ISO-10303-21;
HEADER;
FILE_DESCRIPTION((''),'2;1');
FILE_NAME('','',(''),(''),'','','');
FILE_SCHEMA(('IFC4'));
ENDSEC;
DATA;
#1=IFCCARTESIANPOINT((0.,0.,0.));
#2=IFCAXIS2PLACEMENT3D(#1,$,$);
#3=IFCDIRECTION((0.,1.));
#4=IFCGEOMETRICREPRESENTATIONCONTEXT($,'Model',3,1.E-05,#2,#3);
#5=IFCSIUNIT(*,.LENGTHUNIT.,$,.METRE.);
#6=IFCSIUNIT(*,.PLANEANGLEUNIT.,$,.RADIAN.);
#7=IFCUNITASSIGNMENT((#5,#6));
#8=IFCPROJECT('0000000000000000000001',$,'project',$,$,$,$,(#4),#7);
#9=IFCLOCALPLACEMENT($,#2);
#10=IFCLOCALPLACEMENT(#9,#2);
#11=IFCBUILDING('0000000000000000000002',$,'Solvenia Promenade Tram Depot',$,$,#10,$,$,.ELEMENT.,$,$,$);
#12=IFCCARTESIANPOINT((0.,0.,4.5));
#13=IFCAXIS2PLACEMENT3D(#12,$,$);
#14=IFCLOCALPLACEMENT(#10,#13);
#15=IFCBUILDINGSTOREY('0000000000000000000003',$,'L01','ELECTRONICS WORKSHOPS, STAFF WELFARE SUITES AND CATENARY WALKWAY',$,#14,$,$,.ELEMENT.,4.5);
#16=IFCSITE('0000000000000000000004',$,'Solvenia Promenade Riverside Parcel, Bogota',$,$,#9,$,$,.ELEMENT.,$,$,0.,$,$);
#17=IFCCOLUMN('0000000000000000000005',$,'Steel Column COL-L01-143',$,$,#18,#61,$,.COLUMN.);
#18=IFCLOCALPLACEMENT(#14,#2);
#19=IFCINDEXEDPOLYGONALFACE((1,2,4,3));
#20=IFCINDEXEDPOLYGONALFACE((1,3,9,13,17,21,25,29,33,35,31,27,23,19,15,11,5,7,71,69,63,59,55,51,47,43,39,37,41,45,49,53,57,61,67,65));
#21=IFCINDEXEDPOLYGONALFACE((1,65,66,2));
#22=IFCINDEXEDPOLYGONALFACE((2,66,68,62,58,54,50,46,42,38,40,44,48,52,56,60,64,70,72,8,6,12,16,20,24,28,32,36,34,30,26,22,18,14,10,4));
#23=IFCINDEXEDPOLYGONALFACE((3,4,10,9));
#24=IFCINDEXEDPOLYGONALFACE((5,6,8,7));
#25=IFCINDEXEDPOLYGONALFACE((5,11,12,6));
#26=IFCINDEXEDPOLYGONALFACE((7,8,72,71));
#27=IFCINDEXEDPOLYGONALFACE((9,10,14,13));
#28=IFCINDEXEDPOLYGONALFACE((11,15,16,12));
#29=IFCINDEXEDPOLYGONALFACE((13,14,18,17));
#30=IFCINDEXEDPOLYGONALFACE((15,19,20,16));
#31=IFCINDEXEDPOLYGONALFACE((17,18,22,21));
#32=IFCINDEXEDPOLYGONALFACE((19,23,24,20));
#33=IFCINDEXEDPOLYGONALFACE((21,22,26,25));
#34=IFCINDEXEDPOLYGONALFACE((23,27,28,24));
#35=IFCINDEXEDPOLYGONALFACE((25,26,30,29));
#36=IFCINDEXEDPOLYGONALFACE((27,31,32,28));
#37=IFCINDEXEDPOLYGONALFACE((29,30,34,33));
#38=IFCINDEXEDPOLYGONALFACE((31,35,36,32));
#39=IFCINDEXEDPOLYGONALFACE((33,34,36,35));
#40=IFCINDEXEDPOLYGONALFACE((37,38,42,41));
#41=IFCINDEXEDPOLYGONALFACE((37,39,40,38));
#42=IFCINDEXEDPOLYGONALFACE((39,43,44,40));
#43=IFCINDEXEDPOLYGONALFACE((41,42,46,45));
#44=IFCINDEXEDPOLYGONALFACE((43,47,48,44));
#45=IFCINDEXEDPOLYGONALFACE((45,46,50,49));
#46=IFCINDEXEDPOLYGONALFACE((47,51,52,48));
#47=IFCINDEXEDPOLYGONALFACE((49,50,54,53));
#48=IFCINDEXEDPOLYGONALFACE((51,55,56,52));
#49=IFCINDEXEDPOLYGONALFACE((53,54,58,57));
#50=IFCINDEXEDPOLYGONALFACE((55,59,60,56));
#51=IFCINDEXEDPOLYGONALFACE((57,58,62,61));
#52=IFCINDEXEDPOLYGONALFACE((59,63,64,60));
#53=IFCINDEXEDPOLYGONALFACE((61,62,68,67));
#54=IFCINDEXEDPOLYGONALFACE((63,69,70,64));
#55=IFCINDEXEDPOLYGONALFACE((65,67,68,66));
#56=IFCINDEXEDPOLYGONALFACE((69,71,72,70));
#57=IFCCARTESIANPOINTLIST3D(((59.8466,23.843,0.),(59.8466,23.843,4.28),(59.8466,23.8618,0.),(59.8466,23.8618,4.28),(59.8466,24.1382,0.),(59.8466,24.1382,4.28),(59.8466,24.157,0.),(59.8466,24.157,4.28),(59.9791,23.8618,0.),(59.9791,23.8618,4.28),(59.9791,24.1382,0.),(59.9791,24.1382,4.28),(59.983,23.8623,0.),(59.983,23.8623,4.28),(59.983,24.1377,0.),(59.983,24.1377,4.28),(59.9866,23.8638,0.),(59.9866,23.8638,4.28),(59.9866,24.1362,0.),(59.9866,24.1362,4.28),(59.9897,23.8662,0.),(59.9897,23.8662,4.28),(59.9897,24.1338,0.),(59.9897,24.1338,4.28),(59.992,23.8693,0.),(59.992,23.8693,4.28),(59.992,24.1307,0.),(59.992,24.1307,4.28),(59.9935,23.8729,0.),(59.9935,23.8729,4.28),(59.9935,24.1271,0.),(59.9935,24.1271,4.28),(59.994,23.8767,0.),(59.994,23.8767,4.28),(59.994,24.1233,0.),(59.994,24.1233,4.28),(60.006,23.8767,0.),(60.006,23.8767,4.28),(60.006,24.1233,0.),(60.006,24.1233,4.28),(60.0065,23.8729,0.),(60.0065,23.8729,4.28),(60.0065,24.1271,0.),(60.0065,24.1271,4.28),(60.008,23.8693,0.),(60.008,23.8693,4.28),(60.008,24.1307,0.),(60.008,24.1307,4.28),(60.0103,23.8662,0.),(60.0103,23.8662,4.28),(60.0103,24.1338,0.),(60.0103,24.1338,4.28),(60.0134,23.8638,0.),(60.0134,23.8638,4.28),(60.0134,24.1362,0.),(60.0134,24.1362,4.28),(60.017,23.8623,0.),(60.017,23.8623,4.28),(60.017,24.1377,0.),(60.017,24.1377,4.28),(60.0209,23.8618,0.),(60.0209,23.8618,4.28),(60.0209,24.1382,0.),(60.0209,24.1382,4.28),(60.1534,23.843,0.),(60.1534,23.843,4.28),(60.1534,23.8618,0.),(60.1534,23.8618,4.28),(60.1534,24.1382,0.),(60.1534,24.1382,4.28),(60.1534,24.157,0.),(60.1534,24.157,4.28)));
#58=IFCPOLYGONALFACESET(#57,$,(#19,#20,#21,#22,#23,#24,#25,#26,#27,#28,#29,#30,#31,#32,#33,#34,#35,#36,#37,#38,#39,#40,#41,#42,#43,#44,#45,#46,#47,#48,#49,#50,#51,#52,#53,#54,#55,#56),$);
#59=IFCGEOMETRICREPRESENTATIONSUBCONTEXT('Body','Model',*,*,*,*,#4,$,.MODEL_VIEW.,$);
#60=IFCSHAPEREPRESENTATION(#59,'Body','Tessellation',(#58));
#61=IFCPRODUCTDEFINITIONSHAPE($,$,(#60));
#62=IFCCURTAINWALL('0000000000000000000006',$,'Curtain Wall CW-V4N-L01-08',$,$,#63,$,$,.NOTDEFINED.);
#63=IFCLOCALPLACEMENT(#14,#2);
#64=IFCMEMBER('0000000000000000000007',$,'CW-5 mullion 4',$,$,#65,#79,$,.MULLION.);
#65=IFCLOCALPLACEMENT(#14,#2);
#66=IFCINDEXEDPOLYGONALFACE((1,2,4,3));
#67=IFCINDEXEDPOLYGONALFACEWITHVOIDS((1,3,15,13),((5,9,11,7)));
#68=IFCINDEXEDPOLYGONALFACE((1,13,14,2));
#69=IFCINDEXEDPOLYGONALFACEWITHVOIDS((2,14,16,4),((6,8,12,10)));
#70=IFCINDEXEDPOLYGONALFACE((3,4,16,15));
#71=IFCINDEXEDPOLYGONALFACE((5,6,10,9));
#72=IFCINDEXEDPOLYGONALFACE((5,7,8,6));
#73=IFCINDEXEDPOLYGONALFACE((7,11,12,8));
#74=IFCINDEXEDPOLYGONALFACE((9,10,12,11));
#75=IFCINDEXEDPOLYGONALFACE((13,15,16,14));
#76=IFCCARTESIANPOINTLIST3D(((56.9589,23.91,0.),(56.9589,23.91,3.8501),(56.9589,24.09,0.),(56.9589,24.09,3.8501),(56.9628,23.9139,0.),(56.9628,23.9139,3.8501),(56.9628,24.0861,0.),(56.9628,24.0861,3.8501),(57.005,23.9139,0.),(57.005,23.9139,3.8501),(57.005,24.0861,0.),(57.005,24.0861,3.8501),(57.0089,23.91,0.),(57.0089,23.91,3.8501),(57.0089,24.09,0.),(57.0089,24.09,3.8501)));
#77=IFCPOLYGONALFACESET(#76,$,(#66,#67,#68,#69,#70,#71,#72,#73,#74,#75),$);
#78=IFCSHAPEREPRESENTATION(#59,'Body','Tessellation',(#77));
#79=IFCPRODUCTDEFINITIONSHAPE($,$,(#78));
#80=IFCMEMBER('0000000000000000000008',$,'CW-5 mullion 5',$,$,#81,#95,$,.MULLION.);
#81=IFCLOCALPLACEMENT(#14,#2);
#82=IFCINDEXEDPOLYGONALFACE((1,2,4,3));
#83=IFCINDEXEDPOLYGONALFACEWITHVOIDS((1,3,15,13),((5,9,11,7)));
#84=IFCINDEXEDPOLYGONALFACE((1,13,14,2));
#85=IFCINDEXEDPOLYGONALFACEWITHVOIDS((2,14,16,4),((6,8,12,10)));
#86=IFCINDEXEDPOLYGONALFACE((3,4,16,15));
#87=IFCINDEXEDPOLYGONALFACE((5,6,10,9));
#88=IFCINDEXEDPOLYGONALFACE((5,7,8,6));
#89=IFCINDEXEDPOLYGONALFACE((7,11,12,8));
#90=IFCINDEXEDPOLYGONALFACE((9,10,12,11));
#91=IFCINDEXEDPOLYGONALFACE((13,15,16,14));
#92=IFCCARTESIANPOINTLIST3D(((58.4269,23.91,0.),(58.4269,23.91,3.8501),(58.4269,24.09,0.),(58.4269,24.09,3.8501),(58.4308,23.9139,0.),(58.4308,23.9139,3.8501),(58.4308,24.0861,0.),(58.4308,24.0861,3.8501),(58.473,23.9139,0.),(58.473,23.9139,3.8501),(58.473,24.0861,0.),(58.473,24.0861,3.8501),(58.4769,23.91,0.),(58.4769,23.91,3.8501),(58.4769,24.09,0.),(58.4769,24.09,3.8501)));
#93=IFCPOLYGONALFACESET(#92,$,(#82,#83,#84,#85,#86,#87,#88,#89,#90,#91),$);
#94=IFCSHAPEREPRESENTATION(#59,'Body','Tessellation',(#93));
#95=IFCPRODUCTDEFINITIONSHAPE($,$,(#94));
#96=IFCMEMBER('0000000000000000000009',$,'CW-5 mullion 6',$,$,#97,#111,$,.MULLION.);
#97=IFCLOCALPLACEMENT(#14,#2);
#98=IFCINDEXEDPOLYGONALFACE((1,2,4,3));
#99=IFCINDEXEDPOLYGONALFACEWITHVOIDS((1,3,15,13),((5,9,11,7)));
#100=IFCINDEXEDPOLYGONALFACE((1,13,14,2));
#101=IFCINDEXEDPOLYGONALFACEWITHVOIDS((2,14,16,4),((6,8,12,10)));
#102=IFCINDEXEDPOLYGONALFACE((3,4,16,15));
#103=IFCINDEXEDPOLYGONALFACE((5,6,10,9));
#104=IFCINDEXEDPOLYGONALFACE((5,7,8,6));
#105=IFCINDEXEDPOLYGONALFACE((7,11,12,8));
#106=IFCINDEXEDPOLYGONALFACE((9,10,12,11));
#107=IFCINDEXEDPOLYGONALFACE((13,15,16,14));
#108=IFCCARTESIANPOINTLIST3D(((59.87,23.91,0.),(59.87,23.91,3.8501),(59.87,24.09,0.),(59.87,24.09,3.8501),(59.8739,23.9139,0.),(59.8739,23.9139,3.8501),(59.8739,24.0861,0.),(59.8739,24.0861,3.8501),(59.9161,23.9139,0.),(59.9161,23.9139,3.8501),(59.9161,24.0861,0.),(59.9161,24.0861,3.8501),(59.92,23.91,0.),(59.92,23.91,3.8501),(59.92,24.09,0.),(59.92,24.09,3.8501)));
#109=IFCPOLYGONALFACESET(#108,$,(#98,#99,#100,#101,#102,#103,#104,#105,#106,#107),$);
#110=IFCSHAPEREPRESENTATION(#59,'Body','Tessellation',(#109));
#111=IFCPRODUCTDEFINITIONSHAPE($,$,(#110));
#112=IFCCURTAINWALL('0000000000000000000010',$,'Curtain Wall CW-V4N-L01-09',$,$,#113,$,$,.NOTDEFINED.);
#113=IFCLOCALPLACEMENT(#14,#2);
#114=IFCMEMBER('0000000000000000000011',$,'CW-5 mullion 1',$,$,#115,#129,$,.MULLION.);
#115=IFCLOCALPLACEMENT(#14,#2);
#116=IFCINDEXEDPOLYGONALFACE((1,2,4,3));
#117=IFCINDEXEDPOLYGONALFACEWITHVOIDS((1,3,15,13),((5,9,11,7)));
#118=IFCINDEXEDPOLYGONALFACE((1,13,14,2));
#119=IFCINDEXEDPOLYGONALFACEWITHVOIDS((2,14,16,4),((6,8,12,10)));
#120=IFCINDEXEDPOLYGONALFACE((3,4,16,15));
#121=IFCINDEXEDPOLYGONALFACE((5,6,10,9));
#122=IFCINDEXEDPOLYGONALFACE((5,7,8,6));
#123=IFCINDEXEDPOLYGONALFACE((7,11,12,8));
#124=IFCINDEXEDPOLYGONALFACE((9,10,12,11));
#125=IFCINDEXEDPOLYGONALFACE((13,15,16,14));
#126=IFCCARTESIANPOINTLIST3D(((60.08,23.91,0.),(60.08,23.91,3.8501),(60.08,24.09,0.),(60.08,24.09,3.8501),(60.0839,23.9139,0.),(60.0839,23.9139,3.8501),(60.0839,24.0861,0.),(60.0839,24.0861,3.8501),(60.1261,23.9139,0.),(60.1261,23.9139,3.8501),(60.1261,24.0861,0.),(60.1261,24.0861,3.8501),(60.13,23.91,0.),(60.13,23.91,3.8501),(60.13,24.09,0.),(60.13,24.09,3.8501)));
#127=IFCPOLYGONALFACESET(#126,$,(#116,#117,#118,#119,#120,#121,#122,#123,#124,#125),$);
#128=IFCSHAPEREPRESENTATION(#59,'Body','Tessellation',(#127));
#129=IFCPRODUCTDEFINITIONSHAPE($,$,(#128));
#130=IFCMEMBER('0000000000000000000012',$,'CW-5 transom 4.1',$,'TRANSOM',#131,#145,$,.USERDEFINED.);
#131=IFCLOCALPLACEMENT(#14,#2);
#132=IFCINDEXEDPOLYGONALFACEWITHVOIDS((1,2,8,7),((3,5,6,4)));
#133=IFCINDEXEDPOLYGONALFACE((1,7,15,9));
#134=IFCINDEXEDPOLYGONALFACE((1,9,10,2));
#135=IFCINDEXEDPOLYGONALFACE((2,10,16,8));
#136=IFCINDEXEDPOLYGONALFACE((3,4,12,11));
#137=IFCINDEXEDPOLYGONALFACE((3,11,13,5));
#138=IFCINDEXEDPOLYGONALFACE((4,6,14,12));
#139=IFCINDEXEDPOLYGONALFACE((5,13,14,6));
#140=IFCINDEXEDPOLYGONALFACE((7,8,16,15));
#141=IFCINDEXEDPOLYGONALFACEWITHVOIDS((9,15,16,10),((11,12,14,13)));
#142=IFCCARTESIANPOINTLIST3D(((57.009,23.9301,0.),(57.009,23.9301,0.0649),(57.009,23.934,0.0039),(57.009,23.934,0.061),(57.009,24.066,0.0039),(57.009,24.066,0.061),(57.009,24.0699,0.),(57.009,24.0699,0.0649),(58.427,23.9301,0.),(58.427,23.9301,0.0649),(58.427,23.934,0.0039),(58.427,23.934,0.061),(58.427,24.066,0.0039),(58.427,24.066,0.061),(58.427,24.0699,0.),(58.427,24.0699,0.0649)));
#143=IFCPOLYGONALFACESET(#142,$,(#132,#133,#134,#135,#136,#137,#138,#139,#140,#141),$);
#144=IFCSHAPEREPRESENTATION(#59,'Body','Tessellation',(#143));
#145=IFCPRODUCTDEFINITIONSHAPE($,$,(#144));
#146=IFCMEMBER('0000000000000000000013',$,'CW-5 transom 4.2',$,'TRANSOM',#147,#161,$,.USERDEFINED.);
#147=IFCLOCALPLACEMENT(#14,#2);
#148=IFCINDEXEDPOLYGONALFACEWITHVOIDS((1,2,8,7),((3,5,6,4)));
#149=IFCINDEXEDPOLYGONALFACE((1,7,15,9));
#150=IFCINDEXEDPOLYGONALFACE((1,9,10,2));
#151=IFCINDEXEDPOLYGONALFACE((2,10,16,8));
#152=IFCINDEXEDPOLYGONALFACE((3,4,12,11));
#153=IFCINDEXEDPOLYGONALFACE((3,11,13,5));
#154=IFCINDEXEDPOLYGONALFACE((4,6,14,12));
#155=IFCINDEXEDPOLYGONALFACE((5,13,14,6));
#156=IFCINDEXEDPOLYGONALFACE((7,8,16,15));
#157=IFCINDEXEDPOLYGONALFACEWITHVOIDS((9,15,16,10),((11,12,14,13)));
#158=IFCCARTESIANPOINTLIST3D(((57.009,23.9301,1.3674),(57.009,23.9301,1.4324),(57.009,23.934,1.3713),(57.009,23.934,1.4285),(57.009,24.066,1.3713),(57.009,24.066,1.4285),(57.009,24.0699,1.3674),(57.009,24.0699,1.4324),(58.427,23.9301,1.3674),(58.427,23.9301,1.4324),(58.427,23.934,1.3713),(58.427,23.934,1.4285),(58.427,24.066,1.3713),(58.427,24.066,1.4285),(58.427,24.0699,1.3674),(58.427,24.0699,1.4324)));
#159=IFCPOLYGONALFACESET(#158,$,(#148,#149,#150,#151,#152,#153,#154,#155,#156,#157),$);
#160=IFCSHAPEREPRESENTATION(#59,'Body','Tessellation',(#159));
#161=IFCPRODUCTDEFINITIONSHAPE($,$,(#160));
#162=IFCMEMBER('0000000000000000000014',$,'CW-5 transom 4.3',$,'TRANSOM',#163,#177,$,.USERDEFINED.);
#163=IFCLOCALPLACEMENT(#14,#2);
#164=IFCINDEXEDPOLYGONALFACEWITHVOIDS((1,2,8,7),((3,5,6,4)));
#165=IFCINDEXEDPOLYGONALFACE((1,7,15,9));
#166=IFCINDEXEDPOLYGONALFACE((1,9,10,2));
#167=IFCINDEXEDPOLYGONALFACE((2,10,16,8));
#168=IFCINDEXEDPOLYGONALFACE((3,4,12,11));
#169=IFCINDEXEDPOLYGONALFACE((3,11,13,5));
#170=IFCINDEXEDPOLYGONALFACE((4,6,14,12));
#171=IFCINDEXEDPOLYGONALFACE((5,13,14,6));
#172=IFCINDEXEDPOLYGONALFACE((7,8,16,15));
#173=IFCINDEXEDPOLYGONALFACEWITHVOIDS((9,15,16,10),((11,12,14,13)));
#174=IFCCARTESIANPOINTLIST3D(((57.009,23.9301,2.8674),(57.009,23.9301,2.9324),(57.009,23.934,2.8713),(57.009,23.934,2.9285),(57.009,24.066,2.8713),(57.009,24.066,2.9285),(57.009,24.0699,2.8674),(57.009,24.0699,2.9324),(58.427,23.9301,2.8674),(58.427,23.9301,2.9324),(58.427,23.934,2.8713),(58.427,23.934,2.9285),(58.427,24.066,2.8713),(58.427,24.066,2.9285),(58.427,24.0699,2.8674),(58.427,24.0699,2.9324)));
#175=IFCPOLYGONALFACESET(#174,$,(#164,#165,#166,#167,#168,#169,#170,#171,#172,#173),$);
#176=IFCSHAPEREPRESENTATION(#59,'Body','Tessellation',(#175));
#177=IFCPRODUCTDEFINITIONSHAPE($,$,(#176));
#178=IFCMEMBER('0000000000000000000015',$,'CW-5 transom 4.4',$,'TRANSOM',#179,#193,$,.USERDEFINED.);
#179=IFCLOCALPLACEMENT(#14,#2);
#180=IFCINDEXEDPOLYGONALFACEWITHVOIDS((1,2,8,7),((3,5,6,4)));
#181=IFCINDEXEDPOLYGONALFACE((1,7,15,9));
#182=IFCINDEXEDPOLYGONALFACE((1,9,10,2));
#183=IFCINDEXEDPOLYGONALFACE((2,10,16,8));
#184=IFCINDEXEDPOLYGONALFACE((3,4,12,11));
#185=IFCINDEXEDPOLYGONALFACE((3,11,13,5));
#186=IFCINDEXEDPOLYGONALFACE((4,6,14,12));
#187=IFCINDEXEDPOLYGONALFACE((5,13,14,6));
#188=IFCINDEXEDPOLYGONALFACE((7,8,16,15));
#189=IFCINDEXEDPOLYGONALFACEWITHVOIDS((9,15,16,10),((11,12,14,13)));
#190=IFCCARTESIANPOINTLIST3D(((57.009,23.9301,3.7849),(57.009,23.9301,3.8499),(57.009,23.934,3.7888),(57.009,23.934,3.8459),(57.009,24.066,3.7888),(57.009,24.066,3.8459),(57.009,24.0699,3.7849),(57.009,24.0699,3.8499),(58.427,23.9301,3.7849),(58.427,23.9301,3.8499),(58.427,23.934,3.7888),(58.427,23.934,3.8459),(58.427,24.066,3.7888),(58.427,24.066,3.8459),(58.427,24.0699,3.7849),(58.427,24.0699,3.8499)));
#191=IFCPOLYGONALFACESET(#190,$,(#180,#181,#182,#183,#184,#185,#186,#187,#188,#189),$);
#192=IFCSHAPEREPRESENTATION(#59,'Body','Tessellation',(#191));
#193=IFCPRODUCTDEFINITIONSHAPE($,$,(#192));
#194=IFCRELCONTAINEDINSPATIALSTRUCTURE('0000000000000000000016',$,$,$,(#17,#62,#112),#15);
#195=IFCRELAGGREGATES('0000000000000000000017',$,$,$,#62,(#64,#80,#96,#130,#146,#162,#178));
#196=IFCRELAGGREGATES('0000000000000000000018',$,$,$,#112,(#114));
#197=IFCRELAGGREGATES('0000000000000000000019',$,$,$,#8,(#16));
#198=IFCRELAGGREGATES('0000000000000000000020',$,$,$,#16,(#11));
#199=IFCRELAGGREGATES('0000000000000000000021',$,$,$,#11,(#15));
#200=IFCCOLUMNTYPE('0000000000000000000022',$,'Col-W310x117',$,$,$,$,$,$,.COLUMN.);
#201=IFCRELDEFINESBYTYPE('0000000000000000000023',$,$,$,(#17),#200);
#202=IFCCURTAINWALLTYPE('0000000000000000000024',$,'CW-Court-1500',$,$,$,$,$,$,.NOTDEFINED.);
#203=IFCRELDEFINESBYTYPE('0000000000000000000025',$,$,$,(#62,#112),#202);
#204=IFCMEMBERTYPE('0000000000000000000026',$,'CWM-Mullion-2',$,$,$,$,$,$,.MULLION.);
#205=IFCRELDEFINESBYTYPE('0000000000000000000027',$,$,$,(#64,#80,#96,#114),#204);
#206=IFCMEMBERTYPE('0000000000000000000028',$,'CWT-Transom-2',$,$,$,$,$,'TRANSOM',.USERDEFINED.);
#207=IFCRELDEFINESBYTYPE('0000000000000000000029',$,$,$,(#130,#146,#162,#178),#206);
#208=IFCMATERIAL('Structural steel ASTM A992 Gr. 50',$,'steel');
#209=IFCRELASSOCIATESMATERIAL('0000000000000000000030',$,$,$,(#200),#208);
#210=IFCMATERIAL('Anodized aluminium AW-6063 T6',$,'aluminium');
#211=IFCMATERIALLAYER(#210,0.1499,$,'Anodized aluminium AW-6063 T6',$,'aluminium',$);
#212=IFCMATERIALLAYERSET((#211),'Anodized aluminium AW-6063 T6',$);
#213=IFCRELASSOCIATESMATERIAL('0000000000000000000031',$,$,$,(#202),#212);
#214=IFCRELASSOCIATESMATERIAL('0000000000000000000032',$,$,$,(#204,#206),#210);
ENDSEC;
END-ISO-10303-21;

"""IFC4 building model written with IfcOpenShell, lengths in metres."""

from ifc_helpers import new_model, si_unit, direction, frame, origin, origin_2d, place, context, subcontext, project, spatial, hollow_rectangle, i_section, extrude, material, layer, layer_set, material_profile, profile_set, type_object, element, aggregate, save


model = new_model("IFC4")

# Units and contexts
model_context = context("Model", 3, precision=1e-05, world=origin(), true_north=direction((0.0, 1.0)))
body_context = subcontext(model_context, "Body", "Model", "MODEL_VIEW")
ifc_project = project(units=[si_unit("LENGTHUNIT", "METRE"), si_unit("PLANEANGLEUNIT", "RADIAN")], contexts=[model_context])

# Site, building, storey
site_placement = place(None, origin())
site = spatial("IfcSite", under=ifc_project, at=site_placement, Name="Solvenia Promenade Riverside Parcel, Bogota", CompositionType="ELEMENT", RefElevation=0.0)
building_placement = place(site_placement, origin())
building = spatial("IfcBuilding", under=site, at=building_placement, Name="Solvenia Promenade Tram Depot", CompositionType="ELEMENT")
storey_placement = place(building_placement, frame((0.0, 0.0, 4.5)))
storey = spatial("IfcBuildingStorey", under=building, at=storey_placement, Name="L01", Description="ELECTRONICS WORKSHOPS, STAFF WELFARE SUITES AND CATENARY WALKWAY", CompositionType="ELEMENT", Elevation=4.5)

# Column
ifc_material_1 = material(Name="Structural steel ASTM A992 Gr. 50", Category="steel")
ifc_material_profile_1 = material_profile(ifc_material_1, i_section(OverallWidth=0.3069, OverallDepth=0.314, WebThickness=0.012, FlangeThickness=0.0188, FilletRadius=0.0149, at=origin_2d()), Name="W310x117", Category="steel")
ifc_profile_set_1 = profile_set([ifc_material_profile_1], Name="Structural steel ASTM A992 Gr. 50")
column_type = type_object("IfcColumnType", Name="Col-W310x117", PredefinedType="COLUMN", material=ifc_profile_set_1)
column_placement = place(storey_placement, frame((60.0, 24.0, 0.0), z_axis=(0.0, 0.0, 1.0), x_axis=(1.0, 0.0, 0.0)))
element("IfcColumn", 1, at=column_placement, inside=storey, type_object=column_type, Name="Steel Column COL-L01-143", PredefinedType="COLUMN", context=body_context, shape_type="SweptSolid", body=[
    extrude(i_section(OverallWidth=0.3069, OverallDepth=0.314, WebThickness=0.012, FlangeThickness=0.0188, FilletRadius=0.0149, at=origin_2d()), origin(), (0.0, 0.0, 1.0), 4.28),
])

# Curtain wall, members
ifc_material_2 = material(Name="Anodized aluminium AW-6063 T6", Category="aluminium")
ifc_layer_1 = layer(ifc_material_2, 0.1499, Name="Anodized aluminium AW-6063 T6", Category="aluminium")
ifc_layer_set_1 = layer_set([ifc_layer_1], Name="Anodized aluminium AW-6063 T6")
curtain_wall_type = type_object("IfcCurtainWallType", Name="CW-Court-1500", PredefinedType="NOTDEFINED", material=ifc_layer_set_1)
curtain_wall_1_placement = place(storey_placement, origin())
curtain_wall_1 = element("IfcCurtainWall", 2, at=curtain_wall_1_placement, inside=storey, type_object=curtain_wall_type, Name="Curtain Wall CW-V4N-L01-08", PredefinedType="NOTDEFINED")
ifc_material_profile_2 = material_profile(ifc_material_2, hollow_rectangle(XDim=0.1799, YDim=0.05, WallThickness=0.0039, at=origin_2d()), Name="ALU-M2", Category="aluminium")
ifc_profile_set_2 = profile_set([ifc_material_profile_2], Name="Anodized aluminium AW-6063 T6")
member_type_1 = type_object("IfcMemberType", Name="CWM-Mullion-2", PredefinedType="MULLION", material=ifc_profile_set_2)
member_1_placement = place(storey_placement, frame((56.9839, 24.0, 0.0), z_axis=(0.0, 0.0, 1.0), x_axis=(0.0, 1.0, 0.0)))
member_1 = element("IfcMember", 3, at=member_1_placement, type_object=member_type_1, Name="CW-5 mullion 4", PredefinedType="MULLION", context=body_context, shape_type="SweptSolid", body=[
    extrude(hollow_rectangle(XDim=0.1799, YDim=0.05, WallThickness=0.0039, at=origin_2d()), origin(), (0.0, 0.0, 1.0), 3.8501),
])
member_2_placement = place(storey_placement, frame((58.4519, 24.0, 0.0), z_axis=(0.0, 0.0, 1.0), x_axis=(0.0, 1.0, 0.0)))
member_2 = element("IfcMember", 4, at=member_2_placement, type_object=member_type_1, Name="CW-5 mullion 5", PredefinedType="MULLION", context=body_context, shape_type="SweptSolid", body=[
    extrude(hollow_rectangle(XDim=0.1799, YDim=0.05, WallThickness=0.0039, at=origin_2d()), origin(), (0.0, 0.0, 1.0), 3.8501),
])
member_3_placement = place(storey_placement, frame((59.895, 24.0, 0.0), z_axis=(0.0, 0.0, 1.0), x_axis=(0.0, 1.0, 0.0)))
member_3 = element("IfcMember", 5, at=member_3_placement, type_object=member_type_1, Name="CW-5 mullion 6", PredefinedType="MULLION", context=body_context, shape_type="SweptSolid", body=[
    extrude(hollow_rectangle(XDim=0.1799, YDim=0.05, WallThickness=0.0039, at=origin_2d()), origin(), (0.0, 0.0, 1.0), 3.8501),
])

# Curtain wall, member
curtain_wall_2_placement = place(storey_placement, origin())
curtain_wall_2 = element("IfcCurtainWall", 6, at=curtain_wall_2_placement, inside=storey, type_object=curtain_wall_type, Name="Curtain Wall CW-V4N-L01-09", PredefinedType="NOTDEFINED")
member_4_placement = place(storey_placement, frame((60.105, 24.0, 0.0), z_axis=(0.0, 0.0, 1.0), x_axis=(0.0, 1.0, 0.0)))
member_4 = element("IfcMember", 7, at=member_4_placement, type_object=member_type_1, Name="CW-5 mullion 1", PredefinedType="MULLION", context=body_context, shape_type="SweptSolid", body=[
    extrude(hollow_rectangle(XDim=0.1799, YDim=0.05, WallThickness=0.0039, at=origin_2d()), origin(), (0.0, 0.0, 1.0), 3.8501),
])

# Members
ifc_material_profile_3 = material_profile(ifc_material_2, hollow_rectangle(XDim=0.1399, YDim=0.0649, WallThickness=0.0039, at=origin_2d()), Name="ALU-T2", Category="aluminium")
ifc_profile_set_3 = profile_set([ifc_material_profile_3], Name="Anodized aluminium AW-6063 T6")
member_type_2 = type_object("IfcMemberType", Name="CWT-Transom-2", ElementType="TRANSOM", PredefinedType="USERDEFINED", material=ifc_profile_set_3)
member_5_placement = place(storey_placement, frame((57.009, 24.0, 0.0325), z_axis=(1.0, 0.0, 0.0), x_axis=(0.0, 1.0, 0.0)))
member_5 = element("IfcMember", 8, at=member_5_placement, type_object=member_type_2, Name="CW-5 transom 4.1", ObjectType="TRANSOM", PredefinedType="USERDEFINED", context=body_context, shape_type="SweptSolid", body=[
    extrude(hollow_rectangle(XDim=0.1399, YDim=0.0649, WallThickness=0.0039, at=origin_2d()), origin(), (0.0, 0.0, 1.0), 1.418),
])
member_6_placement = place(storey_placement, frame((57.009, 24.0, 1.3999), z_axis=(1.0, 0.0, 0.0), x_axis=(0.0, 1.0, 0.0)))
member_6 = element("IfcMember", 9, at=member_6_placement, type_object=member_type_2, Name="CW-5 transom 4.2", ObjectType="TRANSOM", PredefinedType="USERDEFINED", context=body_context, shape_type="SweptSolid", body=[
    extrude(hollow_rectangle(XDim=0.1399, YDim=0.0649, WallThickness=0.0039, at=origin_2d()), origin(), (0.0, 0.0, 1.0), 1.418),
])
member_7_placement = place(storey_placement, frame((57.009, 24.0, 2.8999), z_axis=(1.0, 0.0, 0.0), x_axis=(0.0, 1.0, 0.0)))
member_7 = element("IfcMember", 10, at=member_7_placement, type_object=member_type_2, Name="CW-5 transom 4.3", ObjectType="TRANSOM", PredefinedType="USERDEFINED", context=body_context, shape_type="SweptSolid", body=[
    extrude(hollow_rectangle(XDim=0.1399, YDim=0.0649, WallThickness=0.0039, at=origin_2d()), origin(), (0.0, 0.0, 1.0), 1.418),
])
member_8_placement = place(storey_placement, frame((57.009, 24.0, 3.8174), z_axis=(1.0, 0.0, 0.0), x_axis=(0.0, 1.0, 0.0)))
member_8 = element("IfcMember", 11, at=member_8_placement, type_object=member_type_2, Name="CW-5 transom 4.4", ObjectType="TRANSOM", PredefinedType="USERDEFINED", context=body_context, shape_type="SweptSolid", body=[
    extrude(hollow_rectangle(XDim=0.1399, YDim=0.0649, WallThickness=0.0039, at=origin_2d()), origin(), (0.0, 0.0, 1.0), 1.418),
])

aggregate(curtain_wall_1, [member_1, member_2, member_3, member_5, member_6, member_7, member_8])
aggregate(curtain_wall_2, [member_4])

save(model, "model.ifc")
